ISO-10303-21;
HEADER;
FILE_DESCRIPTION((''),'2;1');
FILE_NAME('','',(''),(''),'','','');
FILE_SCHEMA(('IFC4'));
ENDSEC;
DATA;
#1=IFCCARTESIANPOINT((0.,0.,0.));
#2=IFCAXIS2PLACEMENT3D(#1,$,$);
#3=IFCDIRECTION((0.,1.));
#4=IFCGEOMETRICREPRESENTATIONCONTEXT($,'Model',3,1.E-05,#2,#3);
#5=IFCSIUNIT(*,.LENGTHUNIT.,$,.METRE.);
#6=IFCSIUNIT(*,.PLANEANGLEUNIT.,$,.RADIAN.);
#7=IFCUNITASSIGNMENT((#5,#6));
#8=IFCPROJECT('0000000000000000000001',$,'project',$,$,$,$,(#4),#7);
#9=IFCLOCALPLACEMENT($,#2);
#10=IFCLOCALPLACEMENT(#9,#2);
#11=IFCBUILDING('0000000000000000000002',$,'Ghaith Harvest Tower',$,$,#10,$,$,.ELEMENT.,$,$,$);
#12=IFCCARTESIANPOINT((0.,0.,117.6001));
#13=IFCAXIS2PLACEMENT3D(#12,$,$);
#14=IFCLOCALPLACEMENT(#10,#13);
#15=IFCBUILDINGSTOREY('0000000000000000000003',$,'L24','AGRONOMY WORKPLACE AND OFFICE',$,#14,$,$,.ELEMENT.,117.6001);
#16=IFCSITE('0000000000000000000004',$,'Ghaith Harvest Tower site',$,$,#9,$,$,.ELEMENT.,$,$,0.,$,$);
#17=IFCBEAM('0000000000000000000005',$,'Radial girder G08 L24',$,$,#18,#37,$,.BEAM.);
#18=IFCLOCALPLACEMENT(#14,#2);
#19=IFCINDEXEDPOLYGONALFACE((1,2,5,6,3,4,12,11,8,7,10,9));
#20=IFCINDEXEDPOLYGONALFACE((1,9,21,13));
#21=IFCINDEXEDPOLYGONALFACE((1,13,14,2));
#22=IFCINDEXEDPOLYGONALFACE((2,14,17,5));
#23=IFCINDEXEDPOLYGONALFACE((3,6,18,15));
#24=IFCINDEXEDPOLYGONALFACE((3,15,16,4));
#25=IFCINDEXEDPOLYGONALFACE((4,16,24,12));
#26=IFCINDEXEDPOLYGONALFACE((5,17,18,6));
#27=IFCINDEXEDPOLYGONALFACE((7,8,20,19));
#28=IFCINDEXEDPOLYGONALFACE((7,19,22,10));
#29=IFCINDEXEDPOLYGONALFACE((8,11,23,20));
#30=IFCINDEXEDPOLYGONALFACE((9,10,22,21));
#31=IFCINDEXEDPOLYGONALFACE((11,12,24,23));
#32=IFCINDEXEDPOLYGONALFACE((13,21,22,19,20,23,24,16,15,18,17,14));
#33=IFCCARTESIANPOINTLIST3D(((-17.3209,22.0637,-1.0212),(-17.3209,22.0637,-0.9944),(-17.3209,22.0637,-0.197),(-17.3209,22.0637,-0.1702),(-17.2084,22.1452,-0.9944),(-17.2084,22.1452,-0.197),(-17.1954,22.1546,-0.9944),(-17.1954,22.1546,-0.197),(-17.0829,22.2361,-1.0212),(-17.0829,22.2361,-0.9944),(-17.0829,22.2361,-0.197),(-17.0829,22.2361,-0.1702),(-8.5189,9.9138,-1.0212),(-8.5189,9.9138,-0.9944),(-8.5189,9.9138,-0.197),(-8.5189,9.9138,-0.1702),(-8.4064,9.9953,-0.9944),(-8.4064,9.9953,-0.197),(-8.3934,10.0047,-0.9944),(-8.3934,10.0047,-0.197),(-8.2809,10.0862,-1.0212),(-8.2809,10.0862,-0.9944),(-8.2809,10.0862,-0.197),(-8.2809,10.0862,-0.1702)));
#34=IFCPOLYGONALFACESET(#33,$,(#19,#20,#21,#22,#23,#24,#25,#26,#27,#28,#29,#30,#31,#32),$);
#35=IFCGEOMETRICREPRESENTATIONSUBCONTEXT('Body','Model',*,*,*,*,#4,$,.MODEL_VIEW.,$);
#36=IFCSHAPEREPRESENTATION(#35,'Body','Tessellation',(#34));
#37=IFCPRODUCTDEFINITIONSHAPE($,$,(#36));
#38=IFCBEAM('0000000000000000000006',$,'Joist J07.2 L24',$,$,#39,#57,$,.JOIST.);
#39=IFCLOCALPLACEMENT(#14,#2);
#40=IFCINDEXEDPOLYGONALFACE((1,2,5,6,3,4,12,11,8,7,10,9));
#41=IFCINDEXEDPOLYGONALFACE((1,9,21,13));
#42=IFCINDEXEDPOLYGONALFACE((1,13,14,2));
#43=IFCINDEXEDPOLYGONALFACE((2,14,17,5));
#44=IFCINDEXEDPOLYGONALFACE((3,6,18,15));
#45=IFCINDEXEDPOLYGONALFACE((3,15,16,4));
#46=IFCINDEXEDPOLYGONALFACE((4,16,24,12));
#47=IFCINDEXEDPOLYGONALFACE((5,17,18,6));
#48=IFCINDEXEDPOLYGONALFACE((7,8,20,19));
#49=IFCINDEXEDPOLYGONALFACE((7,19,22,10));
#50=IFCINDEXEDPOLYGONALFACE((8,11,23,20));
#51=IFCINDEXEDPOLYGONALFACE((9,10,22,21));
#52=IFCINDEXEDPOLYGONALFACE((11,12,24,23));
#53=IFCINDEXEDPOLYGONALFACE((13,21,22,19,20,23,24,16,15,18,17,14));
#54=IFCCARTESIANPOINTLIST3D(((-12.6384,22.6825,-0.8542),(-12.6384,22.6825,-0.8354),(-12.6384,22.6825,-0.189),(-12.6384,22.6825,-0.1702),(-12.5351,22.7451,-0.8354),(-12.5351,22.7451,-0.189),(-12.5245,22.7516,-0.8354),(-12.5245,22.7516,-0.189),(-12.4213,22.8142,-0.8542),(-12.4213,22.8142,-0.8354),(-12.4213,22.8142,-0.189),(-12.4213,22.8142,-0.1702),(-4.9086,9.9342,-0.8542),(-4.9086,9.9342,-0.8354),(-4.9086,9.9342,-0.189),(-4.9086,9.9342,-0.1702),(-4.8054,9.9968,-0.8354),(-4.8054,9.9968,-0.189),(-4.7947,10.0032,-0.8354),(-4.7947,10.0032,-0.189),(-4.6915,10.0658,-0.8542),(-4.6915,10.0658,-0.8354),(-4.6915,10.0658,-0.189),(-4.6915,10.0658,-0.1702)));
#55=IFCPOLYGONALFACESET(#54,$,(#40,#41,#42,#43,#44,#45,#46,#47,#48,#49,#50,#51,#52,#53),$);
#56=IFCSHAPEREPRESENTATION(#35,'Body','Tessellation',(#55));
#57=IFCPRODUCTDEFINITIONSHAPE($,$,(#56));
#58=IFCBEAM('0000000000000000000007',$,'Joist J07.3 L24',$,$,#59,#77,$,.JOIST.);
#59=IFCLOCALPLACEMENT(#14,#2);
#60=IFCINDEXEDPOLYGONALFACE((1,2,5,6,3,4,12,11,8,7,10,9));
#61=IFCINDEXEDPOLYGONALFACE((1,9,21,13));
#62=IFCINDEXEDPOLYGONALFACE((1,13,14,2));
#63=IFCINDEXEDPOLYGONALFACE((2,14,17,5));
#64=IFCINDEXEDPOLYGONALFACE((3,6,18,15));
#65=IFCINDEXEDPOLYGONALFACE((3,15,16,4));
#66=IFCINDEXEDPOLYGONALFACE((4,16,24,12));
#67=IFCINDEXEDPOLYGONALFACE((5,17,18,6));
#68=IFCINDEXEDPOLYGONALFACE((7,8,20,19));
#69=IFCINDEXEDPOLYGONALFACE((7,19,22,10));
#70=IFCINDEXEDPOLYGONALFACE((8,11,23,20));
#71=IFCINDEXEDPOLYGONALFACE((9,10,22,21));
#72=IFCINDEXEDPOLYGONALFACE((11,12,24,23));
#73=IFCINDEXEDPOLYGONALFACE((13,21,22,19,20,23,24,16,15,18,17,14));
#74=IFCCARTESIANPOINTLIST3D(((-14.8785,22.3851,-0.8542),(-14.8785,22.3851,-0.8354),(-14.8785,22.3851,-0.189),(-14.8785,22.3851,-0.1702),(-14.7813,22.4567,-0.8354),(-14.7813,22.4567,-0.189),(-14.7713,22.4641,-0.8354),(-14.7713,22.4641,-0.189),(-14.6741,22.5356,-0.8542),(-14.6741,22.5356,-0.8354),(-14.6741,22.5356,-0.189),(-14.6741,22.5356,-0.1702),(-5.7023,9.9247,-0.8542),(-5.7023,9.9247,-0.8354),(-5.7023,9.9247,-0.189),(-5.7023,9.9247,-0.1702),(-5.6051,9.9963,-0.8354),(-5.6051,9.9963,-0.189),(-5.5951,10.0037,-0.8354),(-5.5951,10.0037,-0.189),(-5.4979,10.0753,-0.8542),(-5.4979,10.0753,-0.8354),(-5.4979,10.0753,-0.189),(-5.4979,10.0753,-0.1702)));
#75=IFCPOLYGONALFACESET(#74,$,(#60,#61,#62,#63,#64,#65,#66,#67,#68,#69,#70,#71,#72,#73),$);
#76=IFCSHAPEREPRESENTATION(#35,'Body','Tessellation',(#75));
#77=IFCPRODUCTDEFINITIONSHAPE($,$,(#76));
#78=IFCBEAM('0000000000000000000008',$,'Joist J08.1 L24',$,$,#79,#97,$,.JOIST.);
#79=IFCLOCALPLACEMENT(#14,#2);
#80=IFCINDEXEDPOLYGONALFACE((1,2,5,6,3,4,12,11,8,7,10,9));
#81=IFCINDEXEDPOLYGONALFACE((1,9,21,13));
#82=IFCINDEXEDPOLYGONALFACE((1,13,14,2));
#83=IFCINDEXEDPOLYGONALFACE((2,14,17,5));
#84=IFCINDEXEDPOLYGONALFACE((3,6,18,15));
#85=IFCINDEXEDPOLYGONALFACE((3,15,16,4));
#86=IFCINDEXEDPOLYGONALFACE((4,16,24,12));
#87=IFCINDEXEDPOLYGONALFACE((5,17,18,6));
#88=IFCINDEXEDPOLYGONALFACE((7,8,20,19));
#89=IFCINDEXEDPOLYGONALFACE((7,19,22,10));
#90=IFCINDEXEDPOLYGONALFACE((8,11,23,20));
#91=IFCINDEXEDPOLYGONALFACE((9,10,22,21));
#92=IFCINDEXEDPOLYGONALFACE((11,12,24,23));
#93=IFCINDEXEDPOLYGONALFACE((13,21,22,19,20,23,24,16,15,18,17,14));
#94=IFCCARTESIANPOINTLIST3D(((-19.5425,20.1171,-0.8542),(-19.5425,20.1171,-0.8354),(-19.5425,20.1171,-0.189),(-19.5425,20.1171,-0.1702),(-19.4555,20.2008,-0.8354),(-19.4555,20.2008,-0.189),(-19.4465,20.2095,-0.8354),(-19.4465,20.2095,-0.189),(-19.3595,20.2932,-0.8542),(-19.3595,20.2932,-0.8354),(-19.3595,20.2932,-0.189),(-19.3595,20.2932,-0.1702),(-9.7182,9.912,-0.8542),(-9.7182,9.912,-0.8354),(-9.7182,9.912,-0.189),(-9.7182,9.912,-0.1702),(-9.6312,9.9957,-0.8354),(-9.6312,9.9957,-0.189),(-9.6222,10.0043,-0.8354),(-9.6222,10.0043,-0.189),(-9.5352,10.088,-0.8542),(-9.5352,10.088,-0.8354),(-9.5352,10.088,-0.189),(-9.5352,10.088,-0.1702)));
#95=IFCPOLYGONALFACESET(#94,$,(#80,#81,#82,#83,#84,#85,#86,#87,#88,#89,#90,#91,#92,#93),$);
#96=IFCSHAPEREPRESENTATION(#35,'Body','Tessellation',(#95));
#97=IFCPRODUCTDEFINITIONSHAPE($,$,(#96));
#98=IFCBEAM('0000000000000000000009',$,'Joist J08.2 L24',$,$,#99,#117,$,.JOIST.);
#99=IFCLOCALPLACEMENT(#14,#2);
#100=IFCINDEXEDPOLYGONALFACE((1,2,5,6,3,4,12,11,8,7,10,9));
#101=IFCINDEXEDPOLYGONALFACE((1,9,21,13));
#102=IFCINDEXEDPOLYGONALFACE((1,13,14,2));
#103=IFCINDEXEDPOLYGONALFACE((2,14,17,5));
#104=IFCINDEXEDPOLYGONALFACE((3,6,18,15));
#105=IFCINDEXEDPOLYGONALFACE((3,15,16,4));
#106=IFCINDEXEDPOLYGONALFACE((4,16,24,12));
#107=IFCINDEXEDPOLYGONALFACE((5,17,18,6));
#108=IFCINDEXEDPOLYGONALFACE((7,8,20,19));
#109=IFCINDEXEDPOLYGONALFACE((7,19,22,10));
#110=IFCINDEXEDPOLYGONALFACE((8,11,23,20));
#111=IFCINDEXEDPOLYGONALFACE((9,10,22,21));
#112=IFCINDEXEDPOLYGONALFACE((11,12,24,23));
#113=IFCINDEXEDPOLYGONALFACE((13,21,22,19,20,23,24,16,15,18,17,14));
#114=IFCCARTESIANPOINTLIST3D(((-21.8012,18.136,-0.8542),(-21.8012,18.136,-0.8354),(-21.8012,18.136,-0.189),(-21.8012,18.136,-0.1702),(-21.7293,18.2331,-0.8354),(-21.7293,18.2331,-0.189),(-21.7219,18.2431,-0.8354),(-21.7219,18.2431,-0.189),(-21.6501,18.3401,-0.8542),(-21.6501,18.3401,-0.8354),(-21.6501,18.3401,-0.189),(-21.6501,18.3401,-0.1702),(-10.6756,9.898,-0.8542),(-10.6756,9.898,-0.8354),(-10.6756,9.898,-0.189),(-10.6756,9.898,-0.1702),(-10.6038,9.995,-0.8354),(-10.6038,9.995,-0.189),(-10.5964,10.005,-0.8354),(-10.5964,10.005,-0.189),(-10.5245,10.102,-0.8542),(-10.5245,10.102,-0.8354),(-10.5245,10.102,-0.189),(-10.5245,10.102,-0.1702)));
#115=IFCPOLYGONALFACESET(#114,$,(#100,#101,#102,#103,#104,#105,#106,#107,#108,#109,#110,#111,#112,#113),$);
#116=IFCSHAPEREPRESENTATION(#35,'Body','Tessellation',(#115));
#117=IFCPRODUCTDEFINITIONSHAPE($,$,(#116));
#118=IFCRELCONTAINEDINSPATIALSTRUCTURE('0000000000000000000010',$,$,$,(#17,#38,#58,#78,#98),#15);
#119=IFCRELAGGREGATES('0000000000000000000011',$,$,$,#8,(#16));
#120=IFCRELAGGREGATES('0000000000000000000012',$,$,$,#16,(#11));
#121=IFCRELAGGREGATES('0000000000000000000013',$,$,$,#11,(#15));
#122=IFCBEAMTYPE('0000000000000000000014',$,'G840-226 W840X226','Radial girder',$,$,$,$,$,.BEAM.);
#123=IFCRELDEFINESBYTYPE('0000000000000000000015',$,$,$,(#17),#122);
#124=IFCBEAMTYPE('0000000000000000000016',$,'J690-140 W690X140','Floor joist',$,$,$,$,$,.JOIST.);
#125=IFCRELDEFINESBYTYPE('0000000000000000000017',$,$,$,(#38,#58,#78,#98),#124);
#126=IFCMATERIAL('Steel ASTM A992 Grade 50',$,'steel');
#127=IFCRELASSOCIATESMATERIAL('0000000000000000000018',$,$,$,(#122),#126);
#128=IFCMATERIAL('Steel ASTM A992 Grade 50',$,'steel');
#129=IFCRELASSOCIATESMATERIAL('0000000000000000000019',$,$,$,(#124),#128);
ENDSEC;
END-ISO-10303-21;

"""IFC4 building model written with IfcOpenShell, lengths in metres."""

from ifc_helpers import new_model, si_unit, direction, frame, origin, origin_2d, place, context, subcontext, project, spatial, i_section, extrude, material, material_profile, profile_set, type_object, element, save


model = new_model("IFC4")

# Units and contexts
model_context = context("Model", 3, precision=1e-05, world=origin(), true_north=direction((0.0, 1.0)))
body_context = subcontext(model_context, "Body", "Model", "MODEL_VIEW")
ifc_project = project(units=[si_unit("LENGTHUNIT", "METRE"), si_unit("PLANEANGLEUNIT", "RADIAN")], contexts=[model_context])

# Site, building, storey
site_placement = place(None, origin())
site = spatial("IfcSite", under=ifc_project, at=site_placement, Name="Ghaith Harvest Tower site", CompositionType="ELEMENT", RefElevation=0.0)
building_placement = place(site_placement, origin())
building = spatial("IfcBuilding", under=site, at=building_placement, Name="Ghaith Harvest Tower", CompositionType="ELEMENT")
storey_placement = place(building_placement, frame((0.0, 0.0, 117.6001)))
storey = spatial("IfcBuildingStorey", under=building, at=storey_placement, Name="L24", Description="AGRONOMY WORKPLACE AND OFFICE", CompositionType="ELEMENT", Elevation=117.6001)

# Beams
ifc_material_1 = material(Name="Steel ASTM A992 Grade 50", Category="steel")
ifc_material_profile_1 = material_profile(ifc_material_1, i_section(OverallWidth=0.2939, OverallDepth=0.8511, WebThickness=0.0161, FlangeThickness=0.0269, at=origin_2d()), Name="W840X226")
ifc_profile_set_1 = profile_set([ifc_material_profile_1], Name="Steel ASTM A992 Grade 50")
beam_type_1 = type_object("IfcBeamType", Name="G840-226 W840X226", Description="Radial girder", PredefinedType="BEAM", material=ifc_profile_set_1)
beam_1_placement = place(storey_placement, frame((-8.3999, 10.0, -0.5957), z_axis=(-0.586676, 0.809822, 0.0), x_axis=(-0.809822, -0.586676, 0.0)))
element("IfcBeam", 1, at=beam_1_placement, inside=storey, type_object=beam_type_1, Name="Radial girder G08 L24", PredefinedType="BEAM", context=body_context, shape_type="SweptSolid", body=[
    extrude(i_section(OverallWidth=0.2939, OverallDepth=0.8511, WebThickness=0.0161, FlangeThickness=0.0269, at=origin_2d()), origin(), (0.0, 0.0, 1.0), 15.0032),
])
ifc_material_2 = material(Name="Steel ASTM A992 Grade 50", Category="steel")
ifc_material_profile_2 = material_profile(ifc_material_2, i_section(OverallWidth=0.2539, OverallDepth=0.6841, WebThickness=0.0125, FlangeThickness=0.0188, at=origin_2d()), Name="W690X140")
ifc_profile_set_2 = profile_set([ifc_material_profile_2], Name="Steel ASTM A992 Grade 50")
beam_type_2 = type_object("IfcBeamType", Name="J690-140 W690X140", Description="Floor joist", PredefinedType="JOIST", material=ifc_profile_set_2)
beam_2_placement = place(storey_placement, frame((-4.8, 10.0, -0.5122), z_axis=(-0.518473, 0.855094, 0.0), x_axis=(-0.855094, -0.518473, 0.0)))
element("IfcBeam", 2, at=beam_2_placement, inside=storey, type_object=beam_type_2, Name="Joist J07.2 L24", PredefinedType="JOIST", context=body_context, shape_type="SweptSolid", body=[
    extrude(i_section(OverallWidth=0.2539, OverallDepth=0.6841, WebThickness=0.0125, FlangeThickness=0.0188, at=origin_2d()), origin(), (0.0, 0.0, 1.0), 14.9087),
])
beam_3_placement = place(storey_placement, frame((-5.6001, 10.0, -0.5122), z_axis=(-0.592985, 0.805214, 0.0), x_axis=(-0.805214, -0.592985, 0.0)))
element("IfcBeam", 3, at=beam_3_placement, inside=storey, type_object=beam_type_2, Name="Joist J07.3 L24", PredefinedType="JOIST", context=body_context, shape_type="SweptSolid", body=[
    extrude(i_section(OverallWidth=0.2539, OverallDepth=0.6841, WebThickness=0.0125, FlangeThickness=0.0188, at=origin_2d()), origin(), (0.0, 0.0, 1.0), 15.4746),
])
beam_4_placement = place(storey_placement, frame((-9.6267, 10.0, -0.5122), z_axis=(-0.693536, 0.720422, 0.0), x_axis=(-0.720422, -0.693536, 0.0)))
element("IfcBeam", 4, at=beam_4_placement, inside=storey, type_object=beam_type_2, Name="Joist J08.1 L24", PredefinedType="JOIST", context=body_context, shape_type="SweptSolid", body=[
    extrude(i_section(OverallWidth=0.2539, OverallDepth=0.6841, WebThickness=0.0125, FlangeThickness=0.0188, at=origin_2d()), origin(), (0.0, 0.0, 1.0), 14.1655),
])
beam_5_placement = place(storey_placement, frame((-10.6001, 10.0, -0.5122), z_axis=(-0.803663, 0.595085, 0.0), x_axis=(-0.595085, -0.803663, 0.0)))
element("IfcBeam", 5, at=beam_5_placement, inside=storey, type_object=beam_type_2, Name="Joist J08.2 L24", PredefinedType="JOIST", context=body_context, shape_type="SweptSolid", body=[
    extrude(i_section(OverallWidth=0.2539, OverallDepth=0.6841, WebThickness=0.0125, FlangeThickness=0.0188, at=origin_2d()), origin(), (0.0, 0.0, 1.0), 13.8435),
])

save(model, "model.ifc")
